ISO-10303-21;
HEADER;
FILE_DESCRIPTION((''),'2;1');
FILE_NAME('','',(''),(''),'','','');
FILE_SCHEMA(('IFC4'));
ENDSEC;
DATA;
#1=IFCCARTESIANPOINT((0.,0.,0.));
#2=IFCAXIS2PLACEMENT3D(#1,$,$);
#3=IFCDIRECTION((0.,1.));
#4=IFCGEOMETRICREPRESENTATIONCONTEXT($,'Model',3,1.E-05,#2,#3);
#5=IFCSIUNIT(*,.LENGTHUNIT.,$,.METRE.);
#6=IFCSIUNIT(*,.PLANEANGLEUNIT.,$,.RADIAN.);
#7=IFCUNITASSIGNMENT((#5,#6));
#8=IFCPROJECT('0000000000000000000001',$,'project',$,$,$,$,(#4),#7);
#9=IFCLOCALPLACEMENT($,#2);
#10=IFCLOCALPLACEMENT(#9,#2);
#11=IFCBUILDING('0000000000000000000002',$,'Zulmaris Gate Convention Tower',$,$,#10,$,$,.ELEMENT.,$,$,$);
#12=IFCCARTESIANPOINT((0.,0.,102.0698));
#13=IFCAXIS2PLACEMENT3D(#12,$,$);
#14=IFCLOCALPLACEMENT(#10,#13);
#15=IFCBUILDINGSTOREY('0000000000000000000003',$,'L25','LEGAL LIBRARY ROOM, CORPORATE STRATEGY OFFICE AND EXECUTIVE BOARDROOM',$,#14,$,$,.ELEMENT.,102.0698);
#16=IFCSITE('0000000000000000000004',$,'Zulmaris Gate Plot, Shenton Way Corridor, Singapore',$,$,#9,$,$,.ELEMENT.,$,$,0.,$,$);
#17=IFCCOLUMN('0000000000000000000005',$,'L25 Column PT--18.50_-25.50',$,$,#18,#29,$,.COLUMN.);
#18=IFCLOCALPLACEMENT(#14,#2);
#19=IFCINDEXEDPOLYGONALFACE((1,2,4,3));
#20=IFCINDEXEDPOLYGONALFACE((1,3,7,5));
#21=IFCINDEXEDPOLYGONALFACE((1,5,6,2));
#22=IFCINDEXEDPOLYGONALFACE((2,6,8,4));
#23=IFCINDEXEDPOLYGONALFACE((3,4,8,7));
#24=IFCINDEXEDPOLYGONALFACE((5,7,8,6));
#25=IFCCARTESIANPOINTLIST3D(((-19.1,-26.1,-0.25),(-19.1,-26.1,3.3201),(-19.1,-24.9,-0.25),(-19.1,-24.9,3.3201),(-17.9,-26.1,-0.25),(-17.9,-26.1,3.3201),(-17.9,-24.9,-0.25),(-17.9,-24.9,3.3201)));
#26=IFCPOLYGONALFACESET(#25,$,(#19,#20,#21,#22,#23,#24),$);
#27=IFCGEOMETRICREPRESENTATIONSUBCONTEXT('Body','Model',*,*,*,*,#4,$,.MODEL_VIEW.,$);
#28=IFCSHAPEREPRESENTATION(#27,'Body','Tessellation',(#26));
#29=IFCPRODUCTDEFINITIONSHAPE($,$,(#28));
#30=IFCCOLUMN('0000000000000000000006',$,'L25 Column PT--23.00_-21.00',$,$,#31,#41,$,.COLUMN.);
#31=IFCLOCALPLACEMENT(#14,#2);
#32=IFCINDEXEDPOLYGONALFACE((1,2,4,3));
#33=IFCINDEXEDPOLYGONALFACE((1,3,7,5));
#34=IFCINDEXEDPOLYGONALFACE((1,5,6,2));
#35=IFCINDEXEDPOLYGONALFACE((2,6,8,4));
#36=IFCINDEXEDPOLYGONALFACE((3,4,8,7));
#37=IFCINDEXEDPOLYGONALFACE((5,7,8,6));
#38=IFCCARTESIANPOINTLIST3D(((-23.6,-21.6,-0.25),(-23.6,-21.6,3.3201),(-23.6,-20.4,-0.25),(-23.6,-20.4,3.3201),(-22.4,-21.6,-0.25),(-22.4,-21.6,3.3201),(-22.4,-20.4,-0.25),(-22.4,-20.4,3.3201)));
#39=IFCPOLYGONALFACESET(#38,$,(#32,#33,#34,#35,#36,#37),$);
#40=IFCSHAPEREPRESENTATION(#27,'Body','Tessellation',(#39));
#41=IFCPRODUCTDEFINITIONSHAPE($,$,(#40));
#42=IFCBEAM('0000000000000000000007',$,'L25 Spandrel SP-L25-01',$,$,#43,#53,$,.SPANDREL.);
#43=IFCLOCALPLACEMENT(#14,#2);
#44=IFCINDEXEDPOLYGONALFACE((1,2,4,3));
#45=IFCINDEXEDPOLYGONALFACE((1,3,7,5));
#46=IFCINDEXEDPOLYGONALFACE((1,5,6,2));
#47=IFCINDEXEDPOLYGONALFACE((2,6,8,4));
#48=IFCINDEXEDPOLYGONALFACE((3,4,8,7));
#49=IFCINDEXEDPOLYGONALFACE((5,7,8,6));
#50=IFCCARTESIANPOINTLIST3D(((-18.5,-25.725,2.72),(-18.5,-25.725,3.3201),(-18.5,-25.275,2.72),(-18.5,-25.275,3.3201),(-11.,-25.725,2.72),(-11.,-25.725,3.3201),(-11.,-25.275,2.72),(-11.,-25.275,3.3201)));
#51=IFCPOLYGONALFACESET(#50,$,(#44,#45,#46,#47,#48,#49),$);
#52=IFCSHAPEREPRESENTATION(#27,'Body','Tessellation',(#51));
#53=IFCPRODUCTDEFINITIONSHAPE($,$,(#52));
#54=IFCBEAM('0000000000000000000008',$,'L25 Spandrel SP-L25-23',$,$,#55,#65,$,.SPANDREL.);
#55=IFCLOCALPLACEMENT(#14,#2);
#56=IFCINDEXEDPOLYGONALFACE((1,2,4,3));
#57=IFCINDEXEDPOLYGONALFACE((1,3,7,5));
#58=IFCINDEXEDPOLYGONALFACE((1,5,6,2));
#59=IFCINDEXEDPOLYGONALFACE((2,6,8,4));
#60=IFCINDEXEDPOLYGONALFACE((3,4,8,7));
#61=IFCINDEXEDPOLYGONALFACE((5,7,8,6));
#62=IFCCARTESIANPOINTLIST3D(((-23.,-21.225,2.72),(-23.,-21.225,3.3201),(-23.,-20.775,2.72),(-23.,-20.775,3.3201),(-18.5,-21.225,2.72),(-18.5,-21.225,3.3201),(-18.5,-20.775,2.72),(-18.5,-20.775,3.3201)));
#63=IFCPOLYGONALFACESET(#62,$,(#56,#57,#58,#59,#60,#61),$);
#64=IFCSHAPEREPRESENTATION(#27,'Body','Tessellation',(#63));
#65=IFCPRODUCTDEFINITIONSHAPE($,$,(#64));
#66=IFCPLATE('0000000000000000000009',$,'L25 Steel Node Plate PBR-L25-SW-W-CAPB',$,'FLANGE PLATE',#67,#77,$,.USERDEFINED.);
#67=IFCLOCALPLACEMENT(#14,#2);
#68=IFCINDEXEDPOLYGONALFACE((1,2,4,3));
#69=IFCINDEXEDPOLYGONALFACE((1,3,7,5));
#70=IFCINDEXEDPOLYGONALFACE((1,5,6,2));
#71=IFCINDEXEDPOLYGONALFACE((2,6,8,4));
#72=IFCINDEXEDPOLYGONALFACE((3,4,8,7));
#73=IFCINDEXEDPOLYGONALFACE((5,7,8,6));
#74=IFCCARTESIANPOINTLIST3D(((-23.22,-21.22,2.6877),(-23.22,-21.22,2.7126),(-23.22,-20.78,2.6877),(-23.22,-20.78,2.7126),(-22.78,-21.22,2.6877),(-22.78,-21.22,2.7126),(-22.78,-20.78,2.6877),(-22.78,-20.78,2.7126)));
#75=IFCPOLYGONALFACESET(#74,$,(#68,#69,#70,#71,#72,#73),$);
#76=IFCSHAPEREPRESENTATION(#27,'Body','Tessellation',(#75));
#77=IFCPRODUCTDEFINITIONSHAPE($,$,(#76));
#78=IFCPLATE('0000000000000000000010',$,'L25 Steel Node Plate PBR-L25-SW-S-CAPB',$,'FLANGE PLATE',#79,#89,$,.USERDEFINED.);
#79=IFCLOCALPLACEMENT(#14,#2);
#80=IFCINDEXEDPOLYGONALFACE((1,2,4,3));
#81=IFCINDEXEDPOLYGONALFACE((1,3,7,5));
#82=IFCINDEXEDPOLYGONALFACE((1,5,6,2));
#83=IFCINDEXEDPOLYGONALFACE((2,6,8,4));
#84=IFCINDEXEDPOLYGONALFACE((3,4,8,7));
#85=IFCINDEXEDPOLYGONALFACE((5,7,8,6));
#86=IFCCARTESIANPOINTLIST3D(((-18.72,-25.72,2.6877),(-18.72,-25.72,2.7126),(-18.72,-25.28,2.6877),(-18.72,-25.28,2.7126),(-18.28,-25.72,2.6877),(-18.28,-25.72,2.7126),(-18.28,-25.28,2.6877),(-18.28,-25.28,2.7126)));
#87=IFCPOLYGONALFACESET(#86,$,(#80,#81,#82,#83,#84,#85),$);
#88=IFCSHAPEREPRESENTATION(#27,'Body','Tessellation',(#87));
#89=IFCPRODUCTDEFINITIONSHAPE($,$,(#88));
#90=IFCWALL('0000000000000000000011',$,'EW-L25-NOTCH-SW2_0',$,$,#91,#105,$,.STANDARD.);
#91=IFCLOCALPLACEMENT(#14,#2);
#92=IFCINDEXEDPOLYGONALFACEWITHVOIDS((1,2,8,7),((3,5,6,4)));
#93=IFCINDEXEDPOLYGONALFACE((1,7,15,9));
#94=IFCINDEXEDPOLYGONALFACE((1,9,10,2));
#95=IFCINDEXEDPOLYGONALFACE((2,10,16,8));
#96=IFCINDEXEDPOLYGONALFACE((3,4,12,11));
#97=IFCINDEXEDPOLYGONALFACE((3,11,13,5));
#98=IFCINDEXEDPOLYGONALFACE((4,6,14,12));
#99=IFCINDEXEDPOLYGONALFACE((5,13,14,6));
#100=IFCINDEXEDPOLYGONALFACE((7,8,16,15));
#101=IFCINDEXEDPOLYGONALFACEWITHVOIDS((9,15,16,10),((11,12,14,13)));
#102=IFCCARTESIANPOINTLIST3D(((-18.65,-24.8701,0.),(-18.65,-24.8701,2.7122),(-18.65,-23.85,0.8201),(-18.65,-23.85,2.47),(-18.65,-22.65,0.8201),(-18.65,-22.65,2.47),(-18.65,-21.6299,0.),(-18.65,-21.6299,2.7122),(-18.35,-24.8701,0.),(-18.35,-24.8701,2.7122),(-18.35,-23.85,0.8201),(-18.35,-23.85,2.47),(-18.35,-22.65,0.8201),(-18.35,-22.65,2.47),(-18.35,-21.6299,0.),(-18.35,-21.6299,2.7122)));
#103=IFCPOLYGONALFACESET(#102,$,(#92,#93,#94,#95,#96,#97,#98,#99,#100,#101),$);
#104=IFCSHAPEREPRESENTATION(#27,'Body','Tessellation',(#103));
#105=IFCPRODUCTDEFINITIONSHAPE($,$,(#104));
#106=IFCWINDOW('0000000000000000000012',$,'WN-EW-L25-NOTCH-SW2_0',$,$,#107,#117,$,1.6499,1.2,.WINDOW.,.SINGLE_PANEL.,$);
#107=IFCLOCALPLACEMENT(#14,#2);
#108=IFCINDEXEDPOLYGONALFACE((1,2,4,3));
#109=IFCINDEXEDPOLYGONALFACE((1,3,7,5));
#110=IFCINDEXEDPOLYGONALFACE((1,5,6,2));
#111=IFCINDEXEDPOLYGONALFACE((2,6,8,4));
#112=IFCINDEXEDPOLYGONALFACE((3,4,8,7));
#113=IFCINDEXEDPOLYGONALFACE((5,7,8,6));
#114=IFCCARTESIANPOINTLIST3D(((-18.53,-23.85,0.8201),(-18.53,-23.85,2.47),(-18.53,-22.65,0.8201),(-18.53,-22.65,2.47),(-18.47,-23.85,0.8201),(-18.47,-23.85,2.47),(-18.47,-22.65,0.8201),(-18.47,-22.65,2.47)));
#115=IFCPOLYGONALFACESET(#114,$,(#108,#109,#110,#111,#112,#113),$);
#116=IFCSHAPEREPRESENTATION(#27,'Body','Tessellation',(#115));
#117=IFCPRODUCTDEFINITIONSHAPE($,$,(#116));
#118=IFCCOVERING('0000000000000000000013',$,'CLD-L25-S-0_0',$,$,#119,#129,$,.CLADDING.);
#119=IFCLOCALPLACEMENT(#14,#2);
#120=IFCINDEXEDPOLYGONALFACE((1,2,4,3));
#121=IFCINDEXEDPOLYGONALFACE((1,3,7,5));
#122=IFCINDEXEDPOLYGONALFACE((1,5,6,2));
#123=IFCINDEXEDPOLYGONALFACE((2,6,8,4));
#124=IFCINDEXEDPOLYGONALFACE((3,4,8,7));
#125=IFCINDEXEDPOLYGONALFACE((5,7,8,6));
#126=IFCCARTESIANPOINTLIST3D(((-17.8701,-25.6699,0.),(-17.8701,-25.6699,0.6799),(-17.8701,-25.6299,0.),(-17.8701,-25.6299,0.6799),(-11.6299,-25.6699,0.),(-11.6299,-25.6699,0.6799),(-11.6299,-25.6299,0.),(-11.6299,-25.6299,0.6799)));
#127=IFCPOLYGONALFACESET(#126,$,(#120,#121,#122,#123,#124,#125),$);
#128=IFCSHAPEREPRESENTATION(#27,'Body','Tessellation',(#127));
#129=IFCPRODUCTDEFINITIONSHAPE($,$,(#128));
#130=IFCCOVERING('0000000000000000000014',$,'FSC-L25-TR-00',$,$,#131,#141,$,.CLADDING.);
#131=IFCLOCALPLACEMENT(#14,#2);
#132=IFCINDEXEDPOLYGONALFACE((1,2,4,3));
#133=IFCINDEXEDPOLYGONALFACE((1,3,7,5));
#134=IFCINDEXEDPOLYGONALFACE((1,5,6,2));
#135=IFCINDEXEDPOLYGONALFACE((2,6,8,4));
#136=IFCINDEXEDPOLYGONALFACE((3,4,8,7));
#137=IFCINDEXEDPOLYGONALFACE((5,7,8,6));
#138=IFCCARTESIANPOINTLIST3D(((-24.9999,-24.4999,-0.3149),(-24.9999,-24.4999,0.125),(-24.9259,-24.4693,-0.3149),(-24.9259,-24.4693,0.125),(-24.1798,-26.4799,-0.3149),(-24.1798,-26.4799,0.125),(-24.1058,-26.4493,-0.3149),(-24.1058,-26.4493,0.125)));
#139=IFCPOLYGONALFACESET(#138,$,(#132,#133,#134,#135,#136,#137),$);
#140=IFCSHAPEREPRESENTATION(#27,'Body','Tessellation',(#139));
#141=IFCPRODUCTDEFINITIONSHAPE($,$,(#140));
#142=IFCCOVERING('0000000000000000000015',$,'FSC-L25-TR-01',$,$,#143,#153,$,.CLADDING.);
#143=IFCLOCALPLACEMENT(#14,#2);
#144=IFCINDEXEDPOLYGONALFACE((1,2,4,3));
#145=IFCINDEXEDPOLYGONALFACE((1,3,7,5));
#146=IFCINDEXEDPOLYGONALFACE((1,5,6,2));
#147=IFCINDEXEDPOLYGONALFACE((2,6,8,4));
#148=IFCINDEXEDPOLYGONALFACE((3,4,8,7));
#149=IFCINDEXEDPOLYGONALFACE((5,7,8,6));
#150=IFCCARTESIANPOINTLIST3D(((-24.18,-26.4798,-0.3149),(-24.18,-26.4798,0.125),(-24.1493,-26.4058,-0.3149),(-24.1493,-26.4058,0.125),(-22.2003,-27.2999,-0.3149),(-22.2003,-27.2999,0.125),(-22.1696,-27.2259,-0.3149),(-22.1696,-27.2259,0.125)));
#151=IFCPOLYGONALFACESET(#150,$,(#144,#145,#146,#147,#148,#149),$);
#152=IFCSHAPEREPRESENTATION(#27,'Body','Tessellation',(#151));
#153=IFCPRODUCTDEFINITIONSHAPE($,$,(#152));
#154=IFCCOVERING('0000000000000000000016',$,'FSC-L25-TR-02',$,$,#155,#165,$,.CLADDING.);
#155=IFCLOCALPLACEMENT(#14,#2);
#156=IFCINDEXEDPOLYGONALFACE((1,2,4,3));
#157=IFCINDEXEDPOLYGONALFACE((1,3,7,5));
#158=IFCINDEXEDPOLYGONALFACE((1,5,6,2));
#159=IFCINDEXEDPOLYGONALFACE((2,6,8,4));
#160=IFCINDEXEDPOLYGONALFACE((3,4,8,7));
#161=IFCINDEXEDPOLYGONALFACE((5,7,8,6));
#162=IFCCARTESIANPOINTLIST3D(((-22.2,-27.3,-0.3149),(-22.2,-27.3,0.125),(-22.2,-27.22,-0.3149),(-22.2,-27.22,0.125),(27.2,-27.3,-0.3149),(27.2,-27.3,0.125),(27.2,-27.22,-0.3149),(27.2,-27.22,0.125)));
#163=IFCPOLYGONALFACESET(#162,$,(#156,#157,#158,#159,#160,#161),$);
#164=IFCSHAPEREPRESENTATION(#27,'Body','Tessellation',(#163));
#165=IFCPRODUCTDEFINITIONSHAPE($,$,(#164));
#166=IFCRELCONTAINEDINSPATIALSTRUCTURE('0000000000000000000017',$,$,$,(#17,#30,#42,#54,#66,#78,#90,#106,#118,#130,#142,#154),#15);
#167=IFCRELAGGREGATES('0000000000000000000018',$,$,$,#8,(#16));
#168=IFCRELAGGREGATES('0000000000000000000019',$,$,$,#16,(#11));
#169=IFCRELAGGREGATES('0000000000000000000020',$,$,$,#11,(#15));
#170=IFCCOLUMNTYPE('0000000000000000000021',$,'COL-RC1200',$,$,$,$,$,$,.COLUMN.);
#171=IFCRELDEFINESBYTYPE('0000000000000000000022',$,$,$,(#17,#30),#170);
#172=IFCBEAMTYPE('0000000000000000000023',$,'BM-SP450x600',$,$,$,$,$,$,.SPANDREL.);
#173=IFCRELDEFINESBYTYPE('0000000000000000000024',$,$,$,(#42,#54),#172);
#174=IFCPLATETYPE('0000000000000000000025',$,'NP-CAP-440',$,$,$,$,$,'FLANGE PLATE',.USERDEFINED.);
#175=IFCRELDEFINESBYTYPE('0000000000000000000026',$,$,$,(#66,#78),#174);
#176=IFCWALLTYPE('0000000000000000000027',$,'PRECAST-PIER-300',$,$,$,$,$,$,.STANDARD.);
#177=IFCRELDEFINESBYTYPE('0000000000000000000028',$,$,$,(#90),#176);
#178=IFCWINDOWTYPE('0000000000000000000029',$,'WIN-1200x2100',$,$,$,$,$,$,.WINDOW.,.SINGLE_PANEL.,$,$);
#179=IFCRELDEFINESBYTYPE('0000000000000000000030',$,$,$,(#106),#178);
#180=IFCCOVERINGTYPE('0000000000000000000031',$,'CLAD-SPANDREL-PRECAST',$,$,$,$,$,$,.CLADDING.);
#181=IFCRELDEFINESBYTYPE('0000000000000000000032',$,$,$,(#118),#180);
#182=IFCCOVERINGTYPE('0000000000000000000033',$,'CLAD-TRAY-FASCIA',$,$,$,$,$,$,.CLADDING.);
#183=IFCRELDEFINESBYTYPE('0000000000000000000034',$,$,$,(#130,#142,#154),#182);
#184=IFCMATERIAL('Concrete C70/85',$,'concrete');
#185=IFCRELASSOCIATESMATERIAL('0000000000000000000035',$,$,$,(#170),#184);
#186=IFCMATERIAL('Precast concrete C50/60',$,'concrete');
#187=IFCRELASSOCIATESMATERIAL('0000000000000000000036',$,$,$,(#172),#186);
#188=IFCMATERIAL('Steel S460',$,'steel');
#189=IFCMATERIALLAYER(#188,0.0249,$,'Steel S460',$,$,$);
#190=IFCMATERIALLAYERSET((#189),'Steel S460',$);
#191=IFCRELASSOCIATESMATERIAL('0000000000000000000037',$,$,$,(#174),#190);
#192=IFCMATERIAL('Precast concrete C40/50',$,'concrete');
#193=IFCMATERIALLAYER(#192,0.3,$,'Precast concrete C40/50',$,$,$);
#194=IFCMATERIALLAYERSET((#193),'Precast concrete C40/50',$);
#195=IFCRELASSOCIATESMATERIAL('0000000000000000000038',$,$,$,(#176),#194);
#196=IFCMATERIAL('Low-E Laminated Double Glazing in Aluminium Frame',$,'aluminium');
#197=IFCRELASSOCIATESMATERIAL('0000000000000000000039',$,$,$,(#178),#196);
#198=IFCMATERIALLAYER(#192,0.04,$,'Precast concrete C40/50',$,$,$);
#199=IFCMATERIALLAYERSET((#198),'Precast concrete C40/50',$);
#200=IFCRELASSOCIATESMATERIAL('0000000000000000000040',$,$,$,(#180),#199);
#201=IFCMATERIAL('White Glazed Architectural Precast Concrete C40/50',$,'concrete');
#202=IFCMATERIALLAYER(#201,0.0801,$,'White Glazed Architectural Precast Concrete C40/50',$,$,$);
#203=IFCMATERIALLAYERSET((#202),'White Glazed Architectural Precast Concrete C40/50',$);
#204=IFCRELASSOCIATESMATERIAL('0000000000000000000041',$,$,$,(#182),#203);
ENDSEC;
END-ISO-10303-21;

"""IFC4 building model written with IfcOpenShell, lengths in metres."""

from ifc_helpers import new_model, si_unit, direction, frame, frame_2d, origin, origin_2d, place, context, subcontext, project, spatial, rectangle, extrude, material, layer, layer_set, material_profile, profile_set, type_object, element, fill, save


model = new_model("IFC4")

# Units and contexts
model_context = context("Model", 3, precision=1e-05, world=origin(), true_north=direction((0.0, 1.0)))
body_context = subcontext(model_context, "Body", "Model", "MODEL_VIEW")
ifc_project = project(units=[si_unit("LENGTHUNIT", "METRE"), si_unit("PLANEANGLEUNIT", "RADIAN")], contexts=[model_context])

# Site, building, storey
site_placement = place(None, origin())
site = spatial("IfcSite", under=ifc_project, at=site_placement, Name="Zulmaris Gate Plot, Shenton Way Corridor, Singapore", CompositionType="ELEMENT", RefElevation=0.0)
building_placement = place(site_placement, origin())
building = spatial("IfcBuilding", under=site, at=building_placement, Name="Zulmaris Gate Convention Tower", CompositionType="ELEMENT")
storey_placement = place(building_placement, frame((0.0, 0.0, 102.0698)))
storey = spatial("IfcBuildingStorey", under=building, at=storey_placement, Name="L25", Description="LEGAL LIBRARY ROOM, CORPORATE STRATEGY OFFICE AND EXECUTIVE BOARDROOM", CompositionType="ELEMENT", Elevation=102.0698)

# Columns
ifc_material_1 = material(Name="Concrete C70/85", Category="concrete")
ifc_material_profile_1 = material_profile(ifc_material_1, rectangle(XDim=1.2, YDim=1.2, at=origin_2d()), Name="RC COL 1200x1200")
ifc_profile_set_1 = profile_set([ifc_material_profile_1], Name="Concrete C70/85")
column_type = type_object("IfcColumnType", Name="COL-RC1200", PredefinedType="COLUMN", material=ifc_profile_set_1)
for number, where, z_axis, x_axis, name in (
    (1, (-18.5, -25.5, -0.25), (0.0, 0.0, 1.0), (1.0, 0.0, 0.0), "L25 Column PT--18.50_-25.50"),
    (2, (-23.0, -21.0, -0.25), (0.0, 0.0, 1.0), (1.0, 0.0, 0.0), "L25 Column PT--23.00_-21.00"),
):
    element("IfcColumn", number, at=place(storey_placement, frame(where, z_axis=z_axis, x_axis=x_axis)), inside=storey, type_object=column_type, Name=name, PredefinedType="COLUMN", context=body_context, shape_type="SweptSolid", body=[
        extrude(rectangle(XDim=1.2, YDim=1.2, at=origin_2d()), origin(), (0.0, 0.0, 1.0), 3.5701),
    ])

# Beams
ifc_material_2 = material(Name="Precast concrete C50/60", Category="concrete")
ifc_material_profile_2 = material_profile(ifc_material_2, rectangle(XDim=0.45, YDim=0.6001, at=origin_2d()), Name="RC SPANDREL 450x600")
ifc_profile_set_2 = profile_set([ifc_material_profile_2], Name="Precast concrete C50/60")
beam_type = type_object("IfcBeamType", Name="BM-SP450x600", PredefinedType="SPANDREL", material=ifc_profile_set_2)
beam_1_placement = place(storey_placement, frame((-18.5, -25.5, 3.02), z_axis=(1.0, 0.0, 0.0), x_axis=(0.0, 1.0, 0.0)))
element("IfcBeam", 3, at=beam_1_placement, inside=storey, type_object=beam_type, Name="L25 Spandrel SP-L25-01", PredefinedType="SPANDREL", context=body_context, shape_type="SweptSolid", body=[
    extrude(rectangle(XDim=0.45, YDim=0.6001, at=origin_2d()), origin(), (0.0, 0.0, 1.0), 7.5),
])
beam_2_placement = place(storey_placement, frame((-23.0, -21.0, 3.02), z_axis=(1.0, 0.0, 0.0), x_axis=(0.0, 1.0, 0.0)))
element("IfcBeam", 4, at=beam_2_placement, inside=storey, type_object=beam_type, Name="L25 Spandrel SP-L25-23", PredefinedType="SPANDREL", context=body_context, shape_type="SweptSolid", body=[
    extrude(rectangle(XDim=0.45, YDim=0.6001, at=origin_2d()), origin(), (0.0, 0.0, 1.0), 4.5),
])

# Plates
ifc_material_3 = material(Name="Steel S460", Category="steel")
ifc_layer_1 = layer(ifc_material_3, 0.0249, Name="Steel S460")
ifc_layer_set_1 = layer_set([ifc_layer_1], Name="Steel S460")
plate_type = type_object("IfcPlateType", Name="NP-CAP-440", ElementType="FLANGE PLATE", PredefinedType="USERDEFINED", material=ifc_layer_set_1)
for number, where, z_axis, x_axis, name in (
    (5, (-23.0, -21.0, 2.6877), (0.0, 0.0, 1.0), (1.0, 0.0, 0.0), "L25 Steel Node Plate PBR-L25-SW-W-CAPB"),
    (6, (-18.5, -25.5, 2.6877), (0.0, 0.0, 1.0), (1.0, 0.0, 0.0), "L25 Steel Node Plate PBR-L25-SW-S-CAPB"),
):
    element("IfcPlate", number, at=place(storey_placement, frame(where, z_axis=z_axis, x_axis=x_axis)), inside=storey, type_object=plate_type, Name=name, ObjectType="FLANGE PLATE", PredefinedType="USERDEFINED", context=body_context, shape_type="SweptSolid", body=[
        extrude(rectangle(XDim=0.4399, YDim=0.4399, at=origin_2d()), origin(), (0.0, 0.0, 1.0), 0.0249),
    ])

# Wall, opening, window
ifc_material_4 = material(Name="Precast concrete C40/50", Category="concrete")
ifc_layer_2 = layer(ifc_material_4, 0.3, Name="Precast concrete C40/50")
ifc_layer_set_2 = layer_set([ifc_layer_2], Name="Precast concrete C40/50")
wall_type = type_object("IfcWallType", Name="PRECAST-PIER-300", PredefinedType="STANDARD", material=ifc_layer_set_2)
wall_placement = place(storey_placement, frame((-18.5, -21.6299, 0.0), z_axis=(0.0, 0.0, 1.0), x_axis=(0.0, -1.0, 0.0)))
wall = element("IfcWall", 7, at=wall_placement, inside=storey, type_object=wall_type, Name="EW-L25-NOTCH-SW2_0", PredefinedType="STANDARD", context=body_context, shape_type="SweptSolid", body=[
    extrude(rectangle(XDim=3.2402, YDim=0.3, at=frame_2d((1.6201, 0.0))), origin(), (0.0, 0.0, 1.0), 2.7122),
])
opening_placement = place(wall_placement, frame((1.02, 0.0, 0.8201)))
opening = element("IfcOpeningElement", 8, at=opening_placement, cuts=wall, PredefinedType="OPENING", context=body_context, shape_type="SweptSolid", body=[
    extrude(rectangle(XDim=1.2, YDim=1.6499, at=frame_2d((0.6001, 0.825))), frame((0.0, 0.1602, 0.0), z_axis=(0.0, -1.0, 0.0), x_axis=(1.0, 0.0, 0.0)), (0.0, 0.0, 1.0), 0.3201),
])
ifc_material_5 = material(Name="Low-E Laminated Double Glazing in Aluminium Frame", Category="aluminium")
window_type = type_object("IfcWindowType", Name="WIN-1200x2100", PartitioningType="SINGLE_PANEL", PredefinedType="WINDOW", material=ifc_material_5)
window_placement = place(opening_placement, origin())
window = element("IfcWindow", 9, at=window_placement, inside=storey, type_object=window_type, Name="WN-EW-L25-NOTCH-SW2_0", OverallHeight=1.6499, OverallWidth=1.2, PartitioningType="SINGLE_PANEL", PredefinedType="WINDOW", context=body_context, shape_type="SweptSolid", body=[
    extrude(rectangle(XDim=1.2, YDim=1.6499, at=frame_2d((0.6001, 0.825))), frame((0.0, 0.03, 0.0), z_axis=(0.0, -1.0, 0.0), x_axis=(1.0, 0.0, 0.0)), (0.0, 0.0, 1.0), 0.0601),
])
fill(opening, window)

# Coverings
ifc_layer_3 = layer(ifc_material_4, 0.04, Name="Precast concrete C40/50")
ifc_layer_set_3 = layer_set([ifc_layer_3], Name="Precast concrete C40/50")
covering_type_1 = type_object("IfcCoveringType", Name="CLAD-SPANDREL-PRECAST", PredefinedType="CLADDING", material=ifc_layer_set_3)
covering_1_placement = place(storey_placement, frame((-17.8701, -25.6499, 0.0), z_axis=(0.0, 0.0, 1.0), x_axis=(1.0, 0.0, 0.0)))
element("IfcCovering", 10, at=covering_1_placement, inside=storey, type_object=covering_type_1, Name="CLD-L25-S-0_0", PredefinedType="CLADDING", context=body_context, shape_type="SweptSolid", body=[
    extrude(rectangle(XDim=6.2402, YDim=0.04, at=frame_2d((3.1201, 0.0))), origin(), (0.0, 0.0, 1.0), 0.6799),
])
ifc_material_6 = material(Name="White Glazed Architectural Precast Concrete C40/50", Category="concrete")
ifc_layer_4 = layer(ifc_material_6, 0.0801, Name="White Glazed Architectural Precast Concrete C40/50")
ifc_layer_set_4 = layer_set([ifc_layer_4], Name="White Glazed Architectural Precast Concrete C40/50")
covering_type_2 = type_object("IfcCoveringType", Name="CLAD-TRAY-FASCIA", PredefinedType="CLADDING", material=ifc_layer_set_4)
covering_2_placement = place(storey_placement, frame((-24.9629, -24.4846, -0.3149), z_axis=(0.0, 0.0, 1.0), x_axis=(0.382657, -0.92389, 0.0)))
element("IfcCovering", 11, at=covering_2_placement, inside=storey, type_object=covering_type_2, Name="FSC-L25-TR-00", PredefinedType="CLADDING", context=body_context, shape_type="SweptSolid", body=[
    extrude(rectangle(XDim=2.1431, YDim=0.0801, at=frame_2d((1.0715, 0.0))), origin(), (0.0, 0.0, 1.0), 0.4399),
])
covering_3_placement = place(storey_placement, frame((-24.1646, -26.4429, -0.3149), z_axis=(0.0, 0.0, 1.0), x_axis=(0.923874, -0.382697, 0.0)))
element("IfcCovering", 12, at=covering_3_placement, inside=storey, type_object=covering_type_2, Name="FSC-L25-TR-01", PredefinedType="CLADDING", context=body_context, shape_type="SweptSolid", body=[
    extrude(rectangle(XDim=2.1428, YDim=0.0801, at=frame_2d((1.0713, 0.0))), origin(), (0.0, 0.0, 1.0), 0.4399),
])
covering_4_placement = place(storey_placement, frame((-22.2, -27.26, -0.3149), z_axis=(0.0, 0.0, 1.0), x_axis=(1.0, 0.0, 0.0)))
element("IfcCovering", 13, at=covering_4_placement, inside=storey, type_object=covering_type_2, Name="FSC-L25-TR-02", PredefinedType="CLADDING", context=body_context, shape_type="SweptSolid", body=[
    extrude(rectangle(XDim=49.3999, YDim=0.0801, at=frame_2d((24.7, 0.0))), origin(), (0.0, 0.0, 1.0), 0.4399),
])

save(model, "model.ifc")
